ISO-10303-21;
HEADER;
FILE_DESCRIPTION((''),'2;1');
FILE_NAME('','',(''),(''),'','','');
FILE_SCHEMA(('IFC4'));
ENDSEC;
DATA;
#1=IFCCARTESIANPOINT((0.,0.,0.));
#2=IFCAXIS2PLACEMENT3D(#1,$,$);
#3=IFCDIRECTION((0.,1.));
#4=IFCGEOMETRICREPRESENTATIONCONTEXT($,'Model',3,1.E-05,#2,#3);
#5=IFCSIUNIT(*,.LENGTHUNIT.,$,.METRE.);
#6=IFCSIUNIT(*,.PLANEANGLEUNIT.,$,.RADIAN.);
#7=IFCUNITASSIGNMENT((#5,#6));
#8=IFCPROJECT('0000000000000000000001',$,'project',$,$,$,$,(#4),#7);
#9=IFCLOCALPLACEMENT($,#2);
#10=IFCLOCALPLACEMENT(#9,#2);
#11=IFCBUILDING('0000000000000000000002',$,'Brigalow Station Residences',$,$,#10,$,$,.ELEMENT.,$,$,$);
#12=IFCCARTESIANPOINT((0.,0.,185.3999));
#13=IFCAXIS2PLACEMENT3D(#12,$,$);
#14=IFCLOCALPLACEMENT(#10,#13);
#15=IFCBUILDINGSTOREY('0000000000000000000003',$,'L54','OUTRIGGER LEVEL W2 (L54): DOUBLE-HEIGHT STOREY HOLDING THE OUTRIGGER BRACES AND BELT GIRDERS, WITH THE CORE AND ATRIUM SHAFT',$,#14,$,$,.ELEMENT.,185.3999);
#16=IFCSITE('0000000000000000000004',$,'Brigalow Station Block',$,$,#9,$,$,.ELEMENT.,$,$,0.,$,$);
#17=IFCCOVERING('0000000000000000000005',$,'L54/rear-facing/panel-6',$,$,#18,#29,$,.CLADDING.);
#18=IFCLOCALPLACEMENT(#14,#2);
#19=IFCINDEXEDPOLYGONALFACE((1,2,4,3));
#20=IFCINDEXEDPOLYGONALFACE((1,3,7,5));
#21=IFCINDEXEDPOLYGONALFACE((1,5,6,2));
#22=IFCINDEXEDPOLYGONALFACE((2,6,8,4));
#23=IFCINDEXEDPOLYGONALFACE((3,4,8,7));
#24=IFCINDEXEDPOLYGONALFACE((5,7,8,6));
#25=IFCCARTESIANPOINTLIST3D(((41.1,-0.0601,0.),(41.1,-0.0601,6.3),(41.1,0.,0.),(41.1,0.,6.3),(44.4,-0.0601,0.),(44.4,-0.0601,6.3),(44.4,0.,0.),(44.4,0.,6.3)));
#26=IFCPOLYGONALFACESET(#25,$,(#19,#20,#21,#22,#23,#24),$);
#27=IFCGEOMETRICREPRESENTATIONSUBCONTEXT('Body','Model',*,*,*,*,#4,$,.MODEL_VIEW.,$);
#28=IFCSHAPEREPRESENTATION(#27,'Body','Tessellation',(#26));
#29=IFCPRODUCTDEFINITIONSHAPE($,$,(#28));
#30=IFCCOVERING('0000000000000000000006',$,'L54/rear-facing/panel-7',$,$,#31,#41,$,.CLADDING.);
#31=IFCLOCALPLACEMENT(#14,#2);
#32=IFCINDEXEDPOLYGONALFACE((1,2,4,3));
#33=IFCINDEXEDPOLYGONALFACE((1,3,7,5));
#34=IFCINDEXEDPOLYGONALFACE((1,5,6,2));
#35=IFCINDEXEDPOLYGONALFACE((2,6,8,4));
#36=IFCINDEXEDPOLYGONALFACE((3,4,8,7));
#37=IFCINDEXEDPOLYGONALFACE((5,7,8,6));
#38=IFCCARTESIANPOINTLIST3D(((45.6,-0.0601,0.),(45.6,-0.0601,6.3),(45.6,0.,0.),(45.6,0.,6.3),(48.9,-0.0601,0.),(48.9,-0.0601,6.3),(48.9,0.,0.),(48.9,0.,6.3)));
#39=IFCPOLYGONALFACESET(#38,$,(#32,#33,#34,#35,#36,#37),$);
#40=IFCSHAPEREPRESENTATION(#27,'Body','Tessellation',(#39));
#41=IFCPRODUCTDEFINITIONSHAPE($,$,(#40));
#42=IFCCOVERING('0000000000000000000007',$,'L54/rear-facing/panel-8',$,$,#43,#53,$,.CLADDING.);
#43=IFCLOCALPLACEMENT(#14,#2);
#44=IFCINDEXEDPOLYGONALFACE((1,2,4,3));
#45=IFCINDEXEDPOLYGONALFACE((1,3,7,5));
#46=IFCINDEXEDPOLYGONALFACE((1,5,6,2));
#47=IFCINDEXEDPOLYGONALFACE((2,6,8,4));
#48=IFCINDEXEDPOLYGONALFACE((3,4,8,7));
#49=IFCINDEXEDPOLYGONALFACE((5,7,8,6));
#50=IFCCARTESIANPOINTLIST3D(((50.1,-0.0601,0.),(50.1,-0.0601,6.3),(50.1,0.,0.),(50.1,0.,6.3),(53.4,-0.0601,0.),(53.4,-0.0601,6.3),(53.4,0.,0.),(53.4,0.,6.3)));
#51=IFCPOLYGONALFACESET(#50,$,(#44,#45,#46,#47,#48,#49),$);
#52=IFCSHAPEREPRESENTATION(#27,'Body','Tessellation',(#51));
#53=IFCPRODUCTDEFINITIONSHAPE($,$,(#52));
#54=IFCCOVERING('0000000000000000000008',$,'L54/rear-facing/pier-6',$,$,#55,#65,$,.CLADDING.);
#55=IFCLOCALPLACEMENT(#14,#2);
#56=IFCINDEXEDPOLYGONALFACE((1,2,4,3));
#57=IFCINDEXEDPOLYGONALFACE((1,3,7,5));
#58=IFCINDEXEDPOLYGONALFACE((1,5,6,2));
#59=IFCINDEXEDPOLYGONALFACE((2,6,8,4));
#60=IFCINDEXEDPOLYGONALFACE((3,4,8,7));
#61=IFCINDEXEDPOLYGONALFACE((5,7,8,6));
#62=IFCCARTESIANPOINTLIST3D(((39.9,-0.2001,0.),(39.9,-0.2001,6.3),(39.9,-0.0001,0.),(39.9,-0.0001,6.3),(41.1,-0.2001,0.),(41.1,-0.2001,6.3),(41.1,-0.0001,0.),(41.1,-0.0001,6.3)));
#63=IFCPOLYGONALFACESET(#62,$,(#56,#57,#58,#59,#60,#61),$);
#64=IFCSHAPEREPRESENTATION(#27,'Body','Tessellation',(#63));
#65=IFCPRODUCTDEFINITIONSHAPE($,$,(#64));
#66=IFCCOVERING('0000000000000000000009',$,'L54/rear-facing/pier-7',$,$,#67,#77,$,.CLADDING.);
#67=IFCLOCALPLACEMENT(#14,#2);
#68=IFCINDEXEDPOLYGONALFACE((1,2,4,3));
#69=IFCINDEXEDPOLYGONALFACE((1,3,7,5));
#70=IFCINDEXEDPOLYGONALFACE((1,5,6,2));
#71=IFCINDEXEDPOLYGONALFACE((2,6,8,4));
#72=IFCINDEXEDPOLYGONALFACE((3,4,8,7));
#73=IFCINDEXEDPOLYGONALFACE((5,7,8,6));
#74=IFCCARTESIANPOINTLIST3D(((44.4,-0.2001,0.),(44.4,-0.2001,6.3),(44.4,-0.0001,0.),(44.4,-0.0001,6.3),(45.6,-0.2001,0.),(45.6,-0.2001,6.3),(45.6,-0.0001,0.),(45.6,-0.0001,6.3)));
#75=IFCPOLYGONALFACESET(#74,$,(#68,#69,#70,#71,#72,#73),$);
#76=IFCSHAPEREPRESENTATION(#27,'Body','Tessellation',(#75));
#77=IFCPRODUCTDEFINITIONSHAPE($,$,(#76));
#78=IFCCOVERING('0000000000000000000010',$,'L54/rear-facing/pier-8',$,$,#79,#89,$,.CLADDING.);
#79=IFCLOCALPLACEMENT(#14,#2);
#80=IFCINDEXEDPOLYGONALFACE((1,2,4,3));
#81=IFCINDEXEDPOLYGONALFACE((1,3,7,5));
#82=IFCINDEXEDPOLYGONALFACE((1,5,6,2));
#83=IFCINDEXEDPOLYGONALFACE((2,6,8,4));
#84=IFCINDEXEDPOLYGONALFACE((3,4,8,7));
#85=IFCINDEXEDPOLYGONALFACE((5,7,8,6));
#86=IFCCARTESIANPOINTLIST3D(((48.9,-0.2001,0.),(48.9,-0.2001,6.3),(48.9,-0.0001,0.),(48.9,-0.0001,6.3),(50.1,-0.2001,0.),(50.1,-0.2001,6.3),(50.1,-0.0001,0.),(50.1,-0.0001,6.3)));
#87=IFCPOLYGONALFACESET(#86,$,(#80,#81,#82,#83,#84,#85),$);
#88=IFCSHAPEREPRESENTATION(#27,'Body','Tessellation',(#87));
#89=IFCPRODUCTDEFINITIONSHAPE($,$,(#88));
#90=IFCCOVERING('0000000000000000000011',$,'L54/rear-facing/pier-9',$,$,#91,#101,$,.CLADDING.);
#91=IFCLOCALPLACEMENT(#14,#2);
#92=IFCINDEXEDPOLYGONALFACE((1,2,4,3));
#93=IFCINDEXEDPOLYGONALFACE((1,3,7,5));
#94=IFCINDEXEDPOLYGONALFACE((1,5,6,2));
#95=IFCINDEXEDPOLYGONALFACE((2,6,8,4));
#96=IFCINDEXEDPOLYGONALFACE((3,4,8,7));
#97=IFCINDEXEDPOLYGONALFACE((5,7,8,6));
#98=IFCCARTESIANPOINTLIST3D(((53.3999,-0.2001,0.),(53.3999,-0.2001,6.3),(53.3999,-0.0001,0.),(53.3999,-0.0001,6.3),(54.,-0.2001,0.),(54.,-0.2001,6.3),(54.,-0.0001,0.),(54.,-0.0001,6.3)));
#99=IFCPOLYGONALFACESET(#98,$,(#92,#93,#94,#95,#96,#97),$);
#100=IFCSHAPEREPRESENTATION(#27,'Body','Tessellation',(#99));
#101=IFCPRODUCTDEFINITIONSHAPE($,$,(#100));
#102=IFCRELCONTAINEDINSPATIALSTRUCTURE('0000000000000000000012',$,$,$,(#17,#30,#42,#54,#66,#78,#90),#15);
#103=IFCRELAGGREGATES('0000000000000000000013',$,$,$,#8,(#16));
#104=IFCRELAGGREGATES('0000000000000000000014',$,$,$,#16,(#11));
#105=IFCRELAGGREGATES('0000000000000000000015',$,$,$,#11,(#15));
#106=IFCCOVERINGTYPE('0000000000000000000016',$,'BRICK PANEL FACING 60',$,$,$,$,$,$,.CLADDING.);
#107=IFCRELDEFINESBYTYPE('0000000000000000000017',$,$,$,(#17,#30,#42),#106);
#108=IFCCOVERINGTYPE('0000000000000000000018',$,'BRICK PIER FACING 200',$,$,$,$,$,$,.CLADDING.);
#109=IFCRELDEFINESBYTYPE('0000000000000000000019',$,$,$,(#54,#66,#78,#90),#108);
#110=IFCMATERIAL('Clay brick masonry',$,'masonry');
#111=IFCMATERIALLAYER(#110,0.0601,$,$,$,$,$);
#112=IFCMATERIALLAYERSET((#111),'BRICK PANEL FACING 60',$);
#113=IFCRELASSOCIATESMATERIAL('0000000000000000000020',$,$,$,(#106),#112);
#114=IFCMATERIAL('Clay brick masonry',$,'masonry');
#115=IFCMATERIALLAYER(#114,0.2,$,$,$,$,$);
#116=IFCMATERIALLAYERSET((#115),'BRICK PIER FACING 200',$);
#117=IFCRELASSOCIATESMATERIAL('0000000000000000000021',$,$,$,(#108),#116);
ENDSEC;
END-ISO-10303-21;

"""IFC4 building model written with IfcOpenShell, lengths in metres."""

from ifc_helpers import new_model, si_unit, direction, frame, origin, origin_2d, place, context, subcontext, project, spatial, rectangle, extrude, material, layer, layer_set, type_object, element, save


model = new_model("IFC4")

# Units and contexts
model_context = context("Model", 3, precision=1e-05, world=origin(), true_north=direction((0.0, 1.0)))
body_context = subcontext(model_context, "Body", "Model", "MODEL_VIEW")
ifc_project = project(units=[si_unit("LENGTHUNIT", "METRE"), si_unit("PLANEANGLEUNIT", "RADIAN")], contexts=[model_context])

# Site, building, storey
site_placement = place(None, origin())
site = spatial("IfcSite", under=ifc_project, at=site_placement, Name="Brigalow Station Block", CompositionType="ELEMENT", RefElevation=0.0)
building_placement = place(site_placement, origin())
building = spatial("IfcBuilding", under=site, at=building_placement, Name="Brigalow Station Residences", CompositionType="ELEMENT")
storey_placement = place(building_placement, frame((0.0, 0.0, 185.3999)))
storey = spatial("IfcBuildingStorey", under=building, at=storey_placement, Name="L54", Description="OUTRIGGER LEVEL W2 (L54): DOUBLE-HEIGHT STOREY HOLDING THE OUTRIGGER BRACES AND BELT GIRDERS, WITH THE CORE AND ATRIUM SHAFT", CompositionType="ELEMENT", Elevation=185.3999)

# Coverings
ifc_material_1 = material(Name="Clay brick masonry", Category="masonry")
ifc_layer_1 = layer(ifc_material_1, 0.0601)
ifc_layer_set_1 = layer_set([ifc_layer_1], Name="BRICK PANEL FACING 60")
covering_type_1 = type_object("IfcCoveringType", Name="BRICK PANEL FACING 60", PredefinedType="CLADDING", material=ifc_layer_set_1)
for number, where, z_axis, x_axis, name in (
    (1, (42.75, -0.03, 0.0), (0.0, 0.0, 1.0), (1.0, 0.0, 0.0), "L54/rear-facing/panel-6"),
    (2, (47.25, -0.03, 0.0), (0.0, 0.0, 1.0), (1.0, 0.0, 0.0), "L54/rear-facing/panel-7"),
    (3, (51.75, -0.03, 0.0), (0.0, 0.0, 1.0), (1.0, 0.0, 0.0), "L54/rear-facing/panel-8"),
):
    element("IfcCovering", number, at=place(storey_placement, frame(where, z_axis=z_axis, x_axis=x_axis)), inside=storey, type_object=covering_type_1, Name=name, PredefinedType="CLADDING", context=body_context, shape_type="SweptSolid", body=[
        extrude(rectangle(XDim=3.3, YDim=0.0601, at=origin_2d()), origin(), (0.0, 0.0, 1.0), 6.3),
    ])
ifc_material_2 = material(Name="Clay brick masonry", Category="masonry")
ifc_layer_2 = layer(ifc_material_2, 0.2)
ifc_layer_set_2 = layer_set([ifc_layer_2], Name="BRICK PIER FACING 200")
covering_type_2 = type_object("IfcCoveringType", Name="BRICK PIER FACING 200", PredefinedType="CLADDING", material=ifc_layer_set_2)
for number, where, z_axis, x_axis, name in (
    (4, (40.5, -0.1001, 0.0), (0.0, 0.0, 1.0), (1.0, 0.0, 0.0), "L54/rear-facing/pier-6"),
    (5, (45.0, -0.1001, 0.0), (0.0, 0.0, 1.0), (1.0, 0.0, 0.0), "L54/rear-facing/pier-7"),
    (6, (49.5, -0.1001, 0.0), (0.0, 0.0, 1.0), (1.0, 0.0, 0.0), "L54/rear-facing/pier-8"),
):
    element("IfcCovering", number, at=place(storey_placement, frame(where, z_axis=z_axis, x_axis=x_axis)), inside=storey, type_object=covering_type_2, Name=name, PredefinedType="CLADDING", context=body_context, shape_type="SweptSolid", body=[
        extrude(rectangle(XDim=1.2, YDim=0.2, at=origin_2d()), origin(), (0.0, 0.0, 1.0), 6.3),
    ])
covering_placement = place(storey_placement, frame((53.7, -0.1001, 0.0), z_axis=(0.0, 0.0, 1.0), x_axis=(1.0, 0.0, 0.0)))
element("IfcCovering", 7, at=covering_placement, inside=storey, type_object=covering_type_2, Name="L54/rear-facing/pier-9", PredefinedType="CLADDING", context=body_context, shape_type="SweptSolid", body=[
    extrude(rectangle(XDim=0.6001, YDim=0.2, at=origin_2d()), origin(), (0.0, 0.0, 1.0), 6.3),
])

save(model, "model.ifc")
